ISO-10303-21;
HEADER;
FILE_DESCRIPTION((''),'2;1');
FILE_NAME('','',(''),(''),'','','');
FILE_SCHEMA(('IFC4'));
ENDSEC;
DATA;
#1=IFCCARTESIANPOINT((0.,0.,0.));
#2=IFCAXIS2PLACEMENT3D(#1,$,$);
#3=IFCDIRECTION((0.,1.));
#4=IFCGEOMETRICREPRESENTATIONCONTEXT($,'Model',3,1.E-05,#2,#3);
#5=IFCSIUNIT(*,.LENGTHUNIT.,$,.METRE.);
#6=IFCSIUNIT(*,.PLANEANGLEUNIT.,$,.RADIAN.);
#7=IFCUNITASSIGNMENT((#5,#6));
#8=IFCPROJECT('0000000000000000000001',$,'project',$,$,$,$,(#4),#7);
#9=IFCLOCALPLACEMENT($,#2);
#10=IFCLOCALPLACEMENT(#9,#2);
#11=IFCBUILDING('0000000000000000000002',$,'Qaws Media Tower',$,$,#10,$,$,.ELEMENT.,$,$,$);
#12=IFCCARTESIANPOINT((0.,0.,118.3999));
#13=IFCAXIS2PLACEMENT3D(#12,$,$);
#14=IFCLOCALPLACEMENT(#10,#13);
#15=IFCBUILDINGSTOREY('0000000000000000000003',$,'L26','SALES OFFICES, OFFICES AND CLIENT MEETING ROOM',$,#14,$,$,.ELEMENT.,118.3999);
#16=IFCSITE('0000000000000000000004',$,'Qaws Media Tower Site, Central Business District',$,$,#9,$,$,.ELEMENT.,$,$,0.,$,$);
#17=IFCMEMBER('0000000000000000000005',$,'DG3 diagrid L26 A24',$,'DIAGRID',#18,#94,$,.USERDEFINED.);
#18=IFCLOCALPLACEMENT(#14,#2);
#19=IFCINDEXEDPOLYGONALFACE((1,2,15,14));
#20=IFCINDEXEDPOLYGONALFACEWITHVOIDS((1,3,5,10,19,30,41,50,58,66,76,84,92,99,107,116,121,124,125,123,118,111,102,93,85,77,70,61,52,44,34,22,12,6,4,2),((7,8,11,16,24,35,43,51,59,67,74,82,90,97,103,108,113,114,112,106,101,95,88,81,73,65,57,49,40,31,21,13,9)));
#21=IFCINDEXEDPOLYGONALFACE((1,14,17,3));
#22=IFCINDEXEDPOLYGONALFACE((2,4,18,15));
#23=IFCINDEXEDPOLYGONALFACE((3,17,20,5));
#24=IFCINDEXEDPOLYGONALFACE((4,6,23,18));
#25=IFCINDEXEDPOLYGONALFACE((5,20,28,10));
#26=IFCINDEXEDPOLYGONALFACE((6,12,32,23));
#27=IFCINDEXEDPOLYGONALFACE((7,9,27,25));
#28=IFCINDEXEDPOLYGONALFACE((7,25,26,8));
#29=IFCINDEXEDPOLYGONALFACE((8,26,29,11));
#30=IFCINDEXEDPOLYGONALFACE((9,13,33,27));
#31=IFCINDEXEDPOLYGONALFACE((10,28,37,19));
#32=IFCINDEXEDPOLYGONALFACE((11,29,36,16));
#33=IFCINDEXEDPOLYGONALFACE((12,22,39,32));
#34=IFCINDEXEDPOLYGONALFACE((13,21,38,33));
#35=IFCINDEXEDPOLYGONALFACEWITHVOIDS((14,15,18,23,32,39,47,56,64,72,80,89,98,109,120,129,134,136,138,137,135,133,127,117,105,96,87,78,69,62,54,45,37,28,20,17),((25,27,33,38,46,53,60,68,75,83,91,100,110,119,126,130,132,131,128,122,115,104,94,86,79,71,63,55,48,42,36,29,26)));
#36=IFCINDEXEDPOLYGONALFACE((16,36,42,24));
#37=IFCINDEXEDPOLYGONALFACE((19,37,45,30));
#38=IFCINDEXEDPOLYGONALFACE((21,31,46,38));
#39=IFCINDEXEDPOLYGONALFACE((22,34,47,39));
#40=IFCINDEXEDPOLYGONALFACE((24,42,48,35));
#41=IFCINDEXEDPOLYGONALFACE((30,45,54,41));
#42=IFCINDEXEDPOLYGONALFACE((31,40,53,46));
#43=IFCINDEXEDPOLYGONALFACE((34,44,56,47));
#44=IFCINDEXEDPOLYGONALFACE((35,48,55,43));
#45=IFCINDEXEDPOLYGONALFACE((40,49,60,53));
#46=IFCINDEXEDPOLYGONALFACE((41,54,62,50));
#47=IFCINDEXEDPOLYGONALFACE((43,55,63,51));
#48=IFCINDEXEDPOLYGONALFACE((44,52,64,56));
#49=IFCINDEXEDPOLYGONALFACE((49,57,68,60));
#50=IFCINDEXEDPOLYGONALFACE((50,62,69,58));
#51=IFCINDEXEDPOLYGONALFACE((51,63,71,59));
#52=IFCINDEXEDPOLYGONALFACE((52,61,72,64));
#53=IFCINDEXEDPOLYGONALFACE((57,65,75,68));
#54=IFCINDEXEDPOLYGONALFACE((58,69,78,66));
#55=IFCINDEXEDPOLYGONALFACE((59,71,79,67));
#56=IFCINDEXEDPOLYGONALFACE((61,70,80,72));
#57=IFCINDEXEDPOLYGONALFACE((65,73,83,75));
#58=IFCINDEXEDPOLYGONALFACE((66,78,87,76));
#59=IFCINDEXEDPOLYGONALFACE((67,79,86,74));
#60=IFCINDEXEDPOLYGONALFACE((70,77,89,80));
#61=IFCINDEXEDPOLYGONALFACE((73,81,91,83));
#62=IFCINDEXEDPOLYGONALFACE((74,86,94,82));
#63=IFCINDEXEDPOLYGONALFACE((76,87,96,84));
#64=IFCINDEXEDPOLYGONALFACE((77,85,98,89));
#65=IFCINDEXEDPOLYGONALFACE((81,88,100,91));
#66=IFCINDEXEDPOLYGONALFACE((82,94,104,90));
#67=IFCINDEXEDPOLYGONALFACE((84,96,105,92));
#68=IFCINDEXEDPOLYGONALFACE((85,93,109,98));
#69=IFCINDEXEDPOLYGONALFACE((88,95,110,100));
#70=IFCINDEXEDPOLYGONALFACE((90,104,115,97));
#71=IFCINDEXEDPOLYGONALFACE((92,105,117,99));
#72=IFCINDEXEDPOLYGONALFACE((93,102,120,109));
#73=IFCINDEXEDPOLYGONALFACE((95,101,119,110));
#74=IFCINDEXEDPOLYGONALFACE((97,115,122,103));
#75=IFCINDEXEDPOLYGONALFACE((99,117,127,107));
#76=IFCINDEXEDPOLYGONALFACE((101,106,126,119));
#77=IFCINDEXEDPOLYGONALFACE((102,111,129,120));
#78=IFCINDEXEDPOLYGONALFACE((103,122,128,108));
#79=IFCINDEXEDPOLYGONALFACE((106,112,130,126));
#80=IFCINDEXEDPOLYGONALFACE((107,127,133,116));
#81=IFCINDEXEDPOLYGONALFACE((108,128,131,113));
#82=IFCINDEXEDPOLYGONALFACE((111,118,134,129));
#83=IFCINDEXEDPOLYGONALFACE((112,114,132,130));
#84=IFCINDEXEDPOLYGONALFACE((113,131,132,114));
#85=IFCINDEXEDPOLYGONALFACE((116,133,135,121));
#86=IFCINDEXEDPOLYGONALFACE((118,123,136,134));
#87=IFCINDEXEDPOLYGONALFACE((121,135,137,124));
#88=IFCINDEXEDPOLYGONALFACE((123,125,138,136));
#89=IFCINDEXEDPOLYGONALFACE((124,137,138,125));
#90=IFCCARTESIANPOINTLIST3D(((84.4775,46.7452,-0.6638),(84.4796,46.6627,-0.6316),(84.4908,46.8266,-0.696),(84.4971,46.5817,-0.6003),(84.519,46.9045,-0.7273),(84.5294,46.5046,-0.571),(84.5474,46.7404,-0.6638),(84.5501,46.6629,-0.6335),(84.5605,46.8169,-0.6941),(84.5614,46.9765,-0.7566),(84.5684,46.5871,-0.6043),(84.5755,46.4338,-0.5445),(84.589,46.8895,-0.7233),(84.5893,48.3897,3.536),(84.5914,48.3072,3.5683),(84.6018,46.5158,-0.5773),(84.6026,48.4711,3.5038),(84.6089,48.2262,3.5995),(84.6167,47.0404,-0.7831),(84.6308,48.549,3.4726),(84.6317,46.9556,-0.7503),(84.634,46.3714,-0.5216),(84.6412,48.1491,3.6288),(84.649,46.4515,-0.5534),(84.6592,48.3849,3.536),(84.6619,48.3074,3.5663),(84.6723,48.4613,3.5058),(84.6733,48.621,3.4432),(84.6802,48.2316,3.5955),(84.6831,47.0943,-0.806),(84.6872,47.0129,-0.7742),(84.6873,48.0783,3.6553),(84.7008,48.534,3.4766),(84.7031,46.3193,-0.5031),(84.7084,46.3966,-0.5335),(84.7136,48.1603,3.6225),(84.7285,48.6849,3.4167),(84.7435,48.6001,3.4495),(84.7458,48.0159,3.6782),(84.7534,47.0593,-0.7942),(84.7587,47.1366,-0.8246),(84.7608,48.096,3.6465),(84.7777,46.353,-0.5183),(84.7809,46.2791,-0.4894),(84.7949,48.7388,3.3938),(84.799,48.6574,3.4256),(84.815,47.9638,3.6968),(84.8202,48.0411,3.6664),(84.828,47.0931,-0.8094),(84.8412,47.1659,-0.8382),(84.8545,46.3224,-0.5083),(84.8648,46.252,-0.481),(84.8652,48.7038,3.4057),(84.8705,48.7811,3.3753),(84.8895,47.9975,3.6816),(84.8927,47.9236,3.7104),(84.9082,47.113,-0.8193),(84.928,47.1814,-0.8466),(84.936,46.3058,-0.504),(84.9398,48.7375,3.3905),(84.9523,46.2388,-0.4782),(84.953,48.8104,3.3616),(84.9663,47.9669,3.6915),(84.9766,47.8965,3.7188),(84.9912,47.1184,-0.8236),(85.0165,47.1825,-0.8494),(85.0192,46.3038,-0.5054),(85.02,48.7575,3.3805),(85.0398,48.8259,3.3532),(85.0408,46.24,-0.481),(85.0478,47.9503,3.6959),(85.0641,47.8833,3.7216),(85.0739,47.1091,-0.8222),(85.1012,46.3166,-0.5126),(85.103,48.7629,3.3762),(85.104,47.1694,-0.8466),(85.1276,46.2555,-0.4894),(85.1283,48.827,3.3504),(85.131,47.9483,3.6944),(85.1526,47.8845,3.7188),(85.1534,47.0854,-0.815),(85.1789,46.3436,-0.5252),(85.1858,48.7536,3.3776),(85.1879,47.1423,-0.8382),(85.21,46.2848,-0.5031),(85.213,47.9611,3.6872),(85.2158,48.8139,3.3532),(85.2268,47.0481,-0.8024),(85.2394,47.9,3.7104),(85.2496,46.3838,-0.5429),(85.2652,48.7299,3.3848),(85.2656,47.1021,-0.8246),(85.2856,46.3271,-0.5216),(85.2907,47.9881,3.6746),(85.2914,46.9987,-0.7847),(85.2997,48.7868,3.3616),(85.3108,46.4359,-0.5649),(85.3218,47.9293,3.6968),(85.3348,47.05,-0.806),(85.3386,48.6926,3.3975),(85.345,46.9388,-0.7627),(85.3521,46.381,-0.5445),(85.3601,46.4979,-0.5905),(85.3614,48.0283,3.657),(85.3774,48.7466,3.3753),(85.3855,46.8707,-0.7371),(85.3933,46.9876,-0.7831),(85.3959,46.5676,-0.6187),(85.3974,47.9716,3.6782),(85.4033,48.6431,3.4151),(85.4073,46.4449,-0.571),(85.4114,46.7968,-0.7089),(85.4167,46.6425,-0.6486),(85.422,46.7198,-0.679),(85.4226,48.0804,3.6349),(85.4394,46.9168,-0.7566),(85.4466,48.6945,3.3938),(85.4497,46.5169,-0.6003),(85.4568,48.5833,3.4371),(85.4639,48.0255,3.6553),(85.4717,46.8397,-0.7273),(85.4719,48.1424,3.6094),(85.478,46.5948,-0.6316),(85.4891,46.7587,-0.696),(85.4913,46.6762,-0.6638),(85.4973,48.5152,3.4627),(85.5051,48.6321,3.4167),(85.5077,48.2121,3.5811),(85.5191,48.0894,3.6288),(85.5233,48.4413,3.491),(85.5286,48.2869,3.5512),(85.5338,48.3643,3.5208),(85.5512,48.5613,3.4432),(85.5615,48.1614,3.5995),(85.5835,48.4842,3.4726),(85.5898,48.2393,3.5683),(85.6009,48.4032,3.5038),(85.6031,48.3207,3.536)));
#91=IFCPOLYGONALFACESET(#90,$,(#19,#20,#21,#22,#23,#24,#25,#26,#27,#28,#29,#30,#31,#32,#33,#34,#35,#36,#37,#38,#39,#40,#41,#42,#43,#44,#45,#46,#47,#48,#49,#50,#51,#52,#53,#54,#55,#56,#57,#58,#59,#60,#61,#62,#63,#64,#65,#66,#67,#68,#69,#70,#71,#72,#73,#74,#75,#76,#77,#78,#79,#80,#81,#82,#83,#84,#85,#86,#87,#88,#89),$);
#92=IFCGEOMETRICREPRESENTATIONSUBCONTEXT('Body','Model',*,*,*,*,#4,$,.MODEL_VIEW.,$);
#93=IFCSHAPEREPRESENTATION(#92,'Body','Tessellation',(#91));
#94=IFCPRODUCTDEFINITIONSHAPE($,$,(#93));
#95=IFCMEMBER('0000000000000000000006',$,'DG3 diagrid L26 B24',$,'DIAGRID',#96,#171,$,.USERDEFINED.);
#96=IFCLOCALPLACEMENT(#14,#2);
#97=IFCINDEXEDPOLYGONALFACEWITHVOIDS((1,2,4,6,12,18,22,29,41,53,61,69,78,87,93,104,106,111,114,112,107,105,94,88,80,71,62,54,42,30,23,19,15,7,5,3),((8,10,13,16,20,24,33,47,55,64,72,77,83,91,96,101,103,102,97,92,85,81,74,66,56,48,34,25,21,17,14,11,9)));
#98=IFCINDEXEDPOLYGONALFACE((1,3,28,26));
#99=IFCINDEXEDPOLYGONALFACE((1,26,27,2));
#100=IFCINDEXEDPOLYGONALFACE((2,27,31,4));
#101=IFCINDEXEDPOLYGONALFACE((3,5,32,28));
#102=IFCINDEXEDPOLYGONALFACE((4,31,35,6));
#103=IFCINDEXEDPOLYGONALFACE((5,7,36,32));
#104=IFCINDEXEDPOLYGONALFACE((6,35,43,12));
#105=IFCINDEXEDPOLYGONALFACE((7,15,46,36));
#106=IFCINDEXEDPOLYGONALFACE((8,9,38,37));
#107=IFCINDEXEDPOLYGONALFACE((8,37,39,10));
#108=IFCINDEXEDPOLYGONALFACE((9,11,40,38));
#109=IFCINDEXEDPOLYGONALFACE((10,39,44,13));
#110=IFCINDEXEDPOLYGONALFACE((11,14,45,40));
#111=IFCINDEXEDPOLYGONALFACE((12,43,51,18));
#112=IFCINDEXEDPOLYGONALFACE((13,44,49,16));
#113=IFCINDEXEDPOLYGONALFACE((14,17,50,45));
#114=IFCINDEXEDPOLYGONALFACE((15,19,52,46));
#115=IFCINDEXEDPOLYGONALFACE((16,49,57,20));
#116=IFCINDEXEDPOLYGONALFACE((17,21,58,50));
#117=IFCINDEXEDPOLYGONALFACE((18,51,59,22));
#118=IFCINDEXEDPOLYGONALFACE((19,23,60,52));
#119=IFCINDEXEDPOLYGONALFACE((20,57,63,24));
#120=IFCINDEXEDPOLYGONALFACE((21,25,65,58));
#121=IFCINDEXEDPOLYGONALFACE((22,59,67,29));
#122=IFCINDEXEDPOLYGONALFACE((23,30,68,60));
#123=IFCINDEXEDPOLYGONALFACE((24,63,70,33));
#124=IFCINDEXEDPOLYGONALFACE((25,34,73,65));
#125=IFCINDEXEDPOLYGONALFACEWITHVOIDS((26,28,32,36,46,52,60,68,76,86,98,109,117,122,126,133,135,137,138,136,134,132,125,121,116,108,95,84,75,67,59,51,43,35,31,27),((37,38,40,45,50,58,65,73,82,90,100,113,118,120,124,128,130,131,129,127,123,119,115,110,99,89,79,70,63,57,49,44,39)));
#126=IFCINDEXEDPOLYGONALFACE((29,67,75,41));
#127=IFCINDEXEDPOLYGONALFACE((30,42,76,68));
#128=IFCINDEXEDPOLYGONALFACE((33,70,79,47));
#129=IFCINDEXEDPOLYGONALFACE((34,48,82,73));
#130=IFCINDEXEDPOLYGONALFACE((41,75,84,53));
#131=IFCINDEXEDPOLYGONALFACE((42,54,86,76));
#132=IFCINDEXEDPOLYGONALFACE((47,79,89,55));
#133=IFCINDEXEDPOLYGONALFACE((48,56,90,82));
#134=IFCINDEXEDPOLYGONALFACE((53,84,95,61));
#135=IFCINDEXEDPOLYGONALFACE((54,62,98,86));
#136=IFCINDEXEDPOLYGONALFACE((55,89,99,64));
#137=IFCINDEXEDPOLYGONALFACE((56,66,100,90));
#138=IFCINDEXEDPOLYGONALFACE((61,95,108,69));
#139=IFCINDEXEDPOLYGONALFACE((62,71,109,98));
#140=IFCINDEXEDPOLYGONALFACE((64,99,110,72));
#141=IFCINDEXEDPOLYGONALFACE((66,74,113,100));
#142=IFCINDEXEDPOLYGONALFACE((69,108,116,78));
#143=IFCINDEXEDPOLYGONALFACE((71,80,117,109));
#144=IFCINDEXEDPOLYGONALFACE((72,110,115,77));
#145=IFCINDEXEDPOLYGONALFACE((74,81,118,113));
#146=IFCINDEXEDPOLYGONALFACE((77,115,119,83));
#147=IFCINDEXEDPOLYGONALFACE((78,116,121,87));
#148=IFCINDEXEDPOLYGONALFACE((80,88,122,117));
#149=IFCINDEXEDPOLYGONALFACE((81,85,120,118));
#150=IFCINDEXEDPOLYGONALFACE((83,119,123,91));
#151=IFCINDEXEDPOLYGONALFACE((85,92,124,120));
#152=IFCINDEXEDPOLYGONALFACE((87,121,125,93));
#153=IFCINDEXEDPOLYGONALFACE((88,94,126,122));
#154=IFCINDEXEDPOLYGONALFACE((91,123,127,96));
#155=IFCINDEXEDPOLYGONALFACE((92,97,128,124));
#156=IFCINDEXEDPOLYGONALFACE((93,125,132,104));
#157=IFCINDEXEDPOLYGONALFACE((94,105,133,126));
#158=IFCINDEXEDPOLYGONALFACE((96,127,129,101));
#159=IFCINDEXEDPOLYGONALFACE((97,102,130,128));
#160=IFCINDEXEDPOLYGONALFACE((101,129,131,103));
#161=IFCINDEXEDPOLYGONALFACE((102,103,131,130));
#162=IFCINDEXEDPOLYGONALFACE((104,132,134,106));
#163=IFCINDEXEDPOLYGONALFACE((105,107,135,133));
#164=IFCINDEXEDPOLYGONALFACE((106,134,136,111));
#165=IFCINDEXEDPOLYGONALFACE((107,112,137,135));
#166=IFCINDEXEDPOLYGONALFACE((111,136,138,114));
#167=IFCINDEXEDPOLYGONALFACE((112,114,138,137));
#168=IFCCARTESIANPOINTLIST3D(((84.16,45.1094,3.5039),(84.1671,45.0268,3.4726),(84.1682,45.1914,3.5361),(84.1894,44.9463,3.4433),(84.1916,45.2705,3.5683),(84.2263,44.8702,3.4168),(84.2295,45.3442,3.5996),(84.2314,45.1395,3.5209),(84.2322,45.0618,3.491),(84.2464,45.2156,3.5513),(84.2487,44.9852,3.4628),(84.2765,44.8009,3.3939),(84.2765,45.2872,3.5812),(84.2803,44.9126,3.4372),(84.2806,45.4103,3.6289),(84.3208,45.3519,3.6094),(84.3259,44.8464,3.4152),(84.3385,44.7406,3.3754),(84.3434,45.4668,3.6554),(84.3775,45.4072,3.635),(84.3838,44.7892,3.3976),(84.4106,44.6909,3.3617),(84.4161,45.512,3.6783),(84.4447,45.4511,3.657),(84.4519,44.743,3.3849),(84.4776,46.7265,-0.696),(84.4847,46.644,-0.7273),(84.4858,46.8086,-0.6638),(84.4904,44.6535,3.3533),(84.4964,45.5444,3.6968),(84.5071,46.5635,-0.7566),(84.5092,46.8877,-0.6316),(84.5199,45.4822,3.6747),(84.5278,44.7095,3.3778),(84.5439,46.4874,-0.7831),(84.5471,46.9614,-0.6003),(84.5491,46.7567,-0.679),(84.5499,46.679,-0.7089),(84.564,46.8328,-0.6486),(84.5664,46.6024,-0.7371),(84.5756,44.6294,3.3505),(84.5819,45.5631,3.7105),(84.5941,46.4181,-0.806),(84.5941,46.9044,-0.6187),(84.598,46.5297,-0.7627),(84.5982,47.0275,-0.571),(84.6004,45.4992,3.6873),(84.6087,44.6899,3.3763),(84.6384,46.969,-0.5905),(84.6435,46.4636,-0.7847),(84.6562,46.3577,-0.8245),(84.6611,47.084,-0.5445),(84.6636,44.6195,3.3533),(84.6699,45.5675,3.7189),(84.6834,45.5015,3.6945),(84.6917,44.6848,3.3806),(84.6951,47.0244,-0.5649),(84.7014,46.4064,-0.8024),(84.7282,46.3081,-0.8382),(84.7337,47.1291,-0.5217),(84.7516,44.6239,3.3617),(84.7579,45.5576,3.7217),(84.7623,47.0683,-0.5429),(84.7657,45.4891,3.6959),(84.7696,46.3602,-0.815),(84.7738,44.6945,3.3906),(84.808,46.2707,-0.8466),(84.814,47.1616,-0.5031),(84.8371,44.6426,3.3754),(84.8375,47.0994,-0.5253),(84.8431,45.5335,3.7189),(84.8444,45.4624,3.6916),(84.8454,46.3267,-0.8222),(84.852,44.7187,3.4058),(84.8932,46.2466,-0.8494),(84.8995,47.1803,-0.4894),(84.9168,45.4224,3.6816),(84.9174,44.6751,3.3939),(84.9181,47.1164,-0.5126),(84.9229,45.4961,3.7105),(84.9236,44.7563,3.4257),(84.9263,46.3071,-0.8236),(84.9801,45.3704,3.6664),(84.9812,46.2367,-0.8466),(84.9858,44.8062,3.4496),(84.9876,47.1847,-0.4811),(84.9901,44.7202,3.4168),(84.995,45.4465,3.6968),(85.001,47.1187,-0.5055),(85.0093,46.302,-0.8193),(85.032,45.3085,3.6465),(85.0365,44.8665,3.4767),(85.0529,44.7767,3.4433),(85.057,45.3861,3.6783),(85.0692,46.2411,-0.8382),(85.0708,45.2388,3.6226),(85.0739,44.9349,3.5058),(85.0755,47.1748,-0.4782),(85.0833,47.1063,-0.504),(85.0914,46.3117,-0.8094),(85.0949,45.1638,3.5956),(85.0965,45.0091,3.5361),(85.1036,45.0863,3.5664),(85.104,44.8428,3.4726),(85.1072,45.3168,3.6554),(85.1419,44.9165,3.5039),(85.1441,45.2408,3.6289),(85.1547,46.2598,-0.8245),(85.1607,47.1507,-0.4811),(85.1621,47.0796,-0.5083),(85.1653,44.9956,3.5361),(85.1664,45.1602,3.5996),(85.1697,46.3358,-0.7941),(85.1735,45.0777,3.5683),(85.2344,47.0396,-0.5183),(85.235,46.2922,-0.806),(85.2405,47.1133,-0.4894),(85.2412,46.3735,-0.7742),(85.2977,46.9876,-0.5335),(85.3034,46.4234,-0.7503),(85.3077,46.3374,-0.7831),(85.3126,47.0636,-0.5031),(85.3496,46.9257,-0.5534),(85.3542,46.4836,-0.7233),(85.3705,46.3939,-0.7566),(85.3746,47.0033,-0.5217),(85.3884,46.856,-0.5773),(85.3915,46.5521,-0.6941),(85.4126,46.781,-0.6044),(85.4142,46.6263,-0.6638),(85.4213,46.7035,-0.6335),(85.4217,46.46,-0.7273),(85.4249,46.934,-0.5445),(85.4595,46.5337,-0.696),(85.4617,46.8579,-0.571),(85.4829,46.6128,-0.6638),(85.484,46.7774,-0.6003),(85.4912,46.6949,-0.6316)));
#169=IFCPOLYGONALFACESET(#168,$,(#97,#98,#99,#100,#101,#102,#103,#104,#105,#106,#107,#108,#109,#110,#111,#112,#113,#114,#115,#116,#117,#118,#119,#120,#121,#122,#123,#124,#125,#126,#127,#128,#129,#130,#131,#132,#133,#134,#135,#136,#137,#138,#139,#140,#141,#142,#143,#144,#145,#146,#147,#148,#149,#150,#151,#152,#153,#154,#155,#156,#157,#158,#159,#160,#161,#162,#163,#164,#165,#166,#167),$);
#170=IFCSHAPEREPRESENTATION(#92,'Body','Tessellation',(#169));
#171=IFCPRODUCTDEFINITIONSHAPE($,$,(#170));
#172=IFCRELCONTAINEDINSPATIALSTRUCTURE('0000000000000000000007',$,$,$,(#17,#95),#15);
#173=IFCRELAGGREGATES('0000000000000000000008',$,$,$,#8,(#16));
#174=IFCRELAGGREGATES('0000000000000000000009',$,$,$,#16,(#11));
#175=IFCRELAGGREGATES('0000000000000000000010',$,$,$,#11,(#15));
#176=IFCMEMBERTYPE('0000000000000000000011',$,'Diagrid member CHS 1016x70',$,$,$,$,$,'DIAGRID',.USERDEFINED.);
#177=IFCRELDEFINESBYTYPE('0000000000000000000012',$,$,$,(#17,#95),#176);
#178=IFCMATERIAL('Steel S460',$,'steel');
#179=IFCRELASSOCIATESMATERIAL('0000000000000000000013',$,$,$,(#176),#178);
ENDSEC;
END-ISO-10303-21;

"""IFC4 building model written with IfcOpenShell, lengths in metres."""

from ifc_helpers import new_model, si_unit, direction, frame, origin, origin_2d, place, context, subcontext, project, spatial, hollow_circle, extrude, material, material_profile, profile_set, type_object, element, save


model = new_model("IFC4")

# Units and contexts
model_context = context("Model", 3, precision=1e-05, world=origin(), true_north=direction((0.0, 1.0)))
body_context = subcontext(model_context, "Body", "Model", "MODEL_VIEW")
ifc_project = project(units=[si_unit("LENGTHUNIT", "METRE"), si_unit("PLANEANGLEUNIT", "RADIAN")], contexts=[model_context])

# Site, building, storey
site_placement = place(None, origin())
site = spatial("IfcSite", under=ifc_project, at=site_placement, Name="Qaws Media Tower Site, Central Business District", CompositionType="ELEMENT", RefElevation=0.0)
building_placement = place(site_placement, origin())
building = spatial("IfcBuilding", under=site, at=building_placement, Name="Qaws Media Tower", CompositionType="ELEMENT")
storey_placement = place(building_placement, frame((0.0, 0.0, 118.3999)))
storey = spatial("IfcBuildingStorey", under=building, at=storey_placement, Name="L26", Description="SALES OFFICES, OFFICES AND CLIENT MEETING ROOM", CompositionType="ELEMENT", Elevation=118.3999)

# Members
ifc_material_1 = material(Name="Steel S460", Category="steel")
ifc_material_profile_1 = material_profile(ifc_material_1, hollow_circle(Radius=0.5081, WallThickness=0.0701, at=origin_2d()), Name="CHS 1016x70")
ifc_profile_set_1 = profile_set([ifc_material_profile_1], Name="Steel S460")
member_type_1 = type_object("IfcMemberType", Name="Diagrid member CHS 1016x70", ElementType="DIAGRID", PredefinedType="USERDEFINED", material=ifc_profile_set_1)
for number, where, z_axis, x_axis, name in (
    (1, (84.9844, 46.7107, -0.6638), (0.024783, 0.364493, 0.930876), (-0.997696, 0.067836, 0.0), "DG3 diagrid L26 A24"),
    (2, (84.9844, 46.7107, -0.6638), (-0.0704, -0.35844, 0.930894), (0.981253, -0.192725, 0.0), "DG3 diagrid L26 B24"),
):
    element("IfcMember", number, at=place(storey_placement, frame(where, z_axis=z_axis, x_axis=x_axis)), inside=storey, type_object=member_type_1, Name=name, ObjectType="DIAGRID", PredefinedType="USERDEFINED", context=body_context, shape_type="SweptSolid", body=[
        extrude(hollow_circle(Radius=0.5081, WallThickness=0.0701, at=origin_2d()), origin(), (0.0, 0.0, 1.0), 4.5117),
    ])

save(model, "model.ifc")
